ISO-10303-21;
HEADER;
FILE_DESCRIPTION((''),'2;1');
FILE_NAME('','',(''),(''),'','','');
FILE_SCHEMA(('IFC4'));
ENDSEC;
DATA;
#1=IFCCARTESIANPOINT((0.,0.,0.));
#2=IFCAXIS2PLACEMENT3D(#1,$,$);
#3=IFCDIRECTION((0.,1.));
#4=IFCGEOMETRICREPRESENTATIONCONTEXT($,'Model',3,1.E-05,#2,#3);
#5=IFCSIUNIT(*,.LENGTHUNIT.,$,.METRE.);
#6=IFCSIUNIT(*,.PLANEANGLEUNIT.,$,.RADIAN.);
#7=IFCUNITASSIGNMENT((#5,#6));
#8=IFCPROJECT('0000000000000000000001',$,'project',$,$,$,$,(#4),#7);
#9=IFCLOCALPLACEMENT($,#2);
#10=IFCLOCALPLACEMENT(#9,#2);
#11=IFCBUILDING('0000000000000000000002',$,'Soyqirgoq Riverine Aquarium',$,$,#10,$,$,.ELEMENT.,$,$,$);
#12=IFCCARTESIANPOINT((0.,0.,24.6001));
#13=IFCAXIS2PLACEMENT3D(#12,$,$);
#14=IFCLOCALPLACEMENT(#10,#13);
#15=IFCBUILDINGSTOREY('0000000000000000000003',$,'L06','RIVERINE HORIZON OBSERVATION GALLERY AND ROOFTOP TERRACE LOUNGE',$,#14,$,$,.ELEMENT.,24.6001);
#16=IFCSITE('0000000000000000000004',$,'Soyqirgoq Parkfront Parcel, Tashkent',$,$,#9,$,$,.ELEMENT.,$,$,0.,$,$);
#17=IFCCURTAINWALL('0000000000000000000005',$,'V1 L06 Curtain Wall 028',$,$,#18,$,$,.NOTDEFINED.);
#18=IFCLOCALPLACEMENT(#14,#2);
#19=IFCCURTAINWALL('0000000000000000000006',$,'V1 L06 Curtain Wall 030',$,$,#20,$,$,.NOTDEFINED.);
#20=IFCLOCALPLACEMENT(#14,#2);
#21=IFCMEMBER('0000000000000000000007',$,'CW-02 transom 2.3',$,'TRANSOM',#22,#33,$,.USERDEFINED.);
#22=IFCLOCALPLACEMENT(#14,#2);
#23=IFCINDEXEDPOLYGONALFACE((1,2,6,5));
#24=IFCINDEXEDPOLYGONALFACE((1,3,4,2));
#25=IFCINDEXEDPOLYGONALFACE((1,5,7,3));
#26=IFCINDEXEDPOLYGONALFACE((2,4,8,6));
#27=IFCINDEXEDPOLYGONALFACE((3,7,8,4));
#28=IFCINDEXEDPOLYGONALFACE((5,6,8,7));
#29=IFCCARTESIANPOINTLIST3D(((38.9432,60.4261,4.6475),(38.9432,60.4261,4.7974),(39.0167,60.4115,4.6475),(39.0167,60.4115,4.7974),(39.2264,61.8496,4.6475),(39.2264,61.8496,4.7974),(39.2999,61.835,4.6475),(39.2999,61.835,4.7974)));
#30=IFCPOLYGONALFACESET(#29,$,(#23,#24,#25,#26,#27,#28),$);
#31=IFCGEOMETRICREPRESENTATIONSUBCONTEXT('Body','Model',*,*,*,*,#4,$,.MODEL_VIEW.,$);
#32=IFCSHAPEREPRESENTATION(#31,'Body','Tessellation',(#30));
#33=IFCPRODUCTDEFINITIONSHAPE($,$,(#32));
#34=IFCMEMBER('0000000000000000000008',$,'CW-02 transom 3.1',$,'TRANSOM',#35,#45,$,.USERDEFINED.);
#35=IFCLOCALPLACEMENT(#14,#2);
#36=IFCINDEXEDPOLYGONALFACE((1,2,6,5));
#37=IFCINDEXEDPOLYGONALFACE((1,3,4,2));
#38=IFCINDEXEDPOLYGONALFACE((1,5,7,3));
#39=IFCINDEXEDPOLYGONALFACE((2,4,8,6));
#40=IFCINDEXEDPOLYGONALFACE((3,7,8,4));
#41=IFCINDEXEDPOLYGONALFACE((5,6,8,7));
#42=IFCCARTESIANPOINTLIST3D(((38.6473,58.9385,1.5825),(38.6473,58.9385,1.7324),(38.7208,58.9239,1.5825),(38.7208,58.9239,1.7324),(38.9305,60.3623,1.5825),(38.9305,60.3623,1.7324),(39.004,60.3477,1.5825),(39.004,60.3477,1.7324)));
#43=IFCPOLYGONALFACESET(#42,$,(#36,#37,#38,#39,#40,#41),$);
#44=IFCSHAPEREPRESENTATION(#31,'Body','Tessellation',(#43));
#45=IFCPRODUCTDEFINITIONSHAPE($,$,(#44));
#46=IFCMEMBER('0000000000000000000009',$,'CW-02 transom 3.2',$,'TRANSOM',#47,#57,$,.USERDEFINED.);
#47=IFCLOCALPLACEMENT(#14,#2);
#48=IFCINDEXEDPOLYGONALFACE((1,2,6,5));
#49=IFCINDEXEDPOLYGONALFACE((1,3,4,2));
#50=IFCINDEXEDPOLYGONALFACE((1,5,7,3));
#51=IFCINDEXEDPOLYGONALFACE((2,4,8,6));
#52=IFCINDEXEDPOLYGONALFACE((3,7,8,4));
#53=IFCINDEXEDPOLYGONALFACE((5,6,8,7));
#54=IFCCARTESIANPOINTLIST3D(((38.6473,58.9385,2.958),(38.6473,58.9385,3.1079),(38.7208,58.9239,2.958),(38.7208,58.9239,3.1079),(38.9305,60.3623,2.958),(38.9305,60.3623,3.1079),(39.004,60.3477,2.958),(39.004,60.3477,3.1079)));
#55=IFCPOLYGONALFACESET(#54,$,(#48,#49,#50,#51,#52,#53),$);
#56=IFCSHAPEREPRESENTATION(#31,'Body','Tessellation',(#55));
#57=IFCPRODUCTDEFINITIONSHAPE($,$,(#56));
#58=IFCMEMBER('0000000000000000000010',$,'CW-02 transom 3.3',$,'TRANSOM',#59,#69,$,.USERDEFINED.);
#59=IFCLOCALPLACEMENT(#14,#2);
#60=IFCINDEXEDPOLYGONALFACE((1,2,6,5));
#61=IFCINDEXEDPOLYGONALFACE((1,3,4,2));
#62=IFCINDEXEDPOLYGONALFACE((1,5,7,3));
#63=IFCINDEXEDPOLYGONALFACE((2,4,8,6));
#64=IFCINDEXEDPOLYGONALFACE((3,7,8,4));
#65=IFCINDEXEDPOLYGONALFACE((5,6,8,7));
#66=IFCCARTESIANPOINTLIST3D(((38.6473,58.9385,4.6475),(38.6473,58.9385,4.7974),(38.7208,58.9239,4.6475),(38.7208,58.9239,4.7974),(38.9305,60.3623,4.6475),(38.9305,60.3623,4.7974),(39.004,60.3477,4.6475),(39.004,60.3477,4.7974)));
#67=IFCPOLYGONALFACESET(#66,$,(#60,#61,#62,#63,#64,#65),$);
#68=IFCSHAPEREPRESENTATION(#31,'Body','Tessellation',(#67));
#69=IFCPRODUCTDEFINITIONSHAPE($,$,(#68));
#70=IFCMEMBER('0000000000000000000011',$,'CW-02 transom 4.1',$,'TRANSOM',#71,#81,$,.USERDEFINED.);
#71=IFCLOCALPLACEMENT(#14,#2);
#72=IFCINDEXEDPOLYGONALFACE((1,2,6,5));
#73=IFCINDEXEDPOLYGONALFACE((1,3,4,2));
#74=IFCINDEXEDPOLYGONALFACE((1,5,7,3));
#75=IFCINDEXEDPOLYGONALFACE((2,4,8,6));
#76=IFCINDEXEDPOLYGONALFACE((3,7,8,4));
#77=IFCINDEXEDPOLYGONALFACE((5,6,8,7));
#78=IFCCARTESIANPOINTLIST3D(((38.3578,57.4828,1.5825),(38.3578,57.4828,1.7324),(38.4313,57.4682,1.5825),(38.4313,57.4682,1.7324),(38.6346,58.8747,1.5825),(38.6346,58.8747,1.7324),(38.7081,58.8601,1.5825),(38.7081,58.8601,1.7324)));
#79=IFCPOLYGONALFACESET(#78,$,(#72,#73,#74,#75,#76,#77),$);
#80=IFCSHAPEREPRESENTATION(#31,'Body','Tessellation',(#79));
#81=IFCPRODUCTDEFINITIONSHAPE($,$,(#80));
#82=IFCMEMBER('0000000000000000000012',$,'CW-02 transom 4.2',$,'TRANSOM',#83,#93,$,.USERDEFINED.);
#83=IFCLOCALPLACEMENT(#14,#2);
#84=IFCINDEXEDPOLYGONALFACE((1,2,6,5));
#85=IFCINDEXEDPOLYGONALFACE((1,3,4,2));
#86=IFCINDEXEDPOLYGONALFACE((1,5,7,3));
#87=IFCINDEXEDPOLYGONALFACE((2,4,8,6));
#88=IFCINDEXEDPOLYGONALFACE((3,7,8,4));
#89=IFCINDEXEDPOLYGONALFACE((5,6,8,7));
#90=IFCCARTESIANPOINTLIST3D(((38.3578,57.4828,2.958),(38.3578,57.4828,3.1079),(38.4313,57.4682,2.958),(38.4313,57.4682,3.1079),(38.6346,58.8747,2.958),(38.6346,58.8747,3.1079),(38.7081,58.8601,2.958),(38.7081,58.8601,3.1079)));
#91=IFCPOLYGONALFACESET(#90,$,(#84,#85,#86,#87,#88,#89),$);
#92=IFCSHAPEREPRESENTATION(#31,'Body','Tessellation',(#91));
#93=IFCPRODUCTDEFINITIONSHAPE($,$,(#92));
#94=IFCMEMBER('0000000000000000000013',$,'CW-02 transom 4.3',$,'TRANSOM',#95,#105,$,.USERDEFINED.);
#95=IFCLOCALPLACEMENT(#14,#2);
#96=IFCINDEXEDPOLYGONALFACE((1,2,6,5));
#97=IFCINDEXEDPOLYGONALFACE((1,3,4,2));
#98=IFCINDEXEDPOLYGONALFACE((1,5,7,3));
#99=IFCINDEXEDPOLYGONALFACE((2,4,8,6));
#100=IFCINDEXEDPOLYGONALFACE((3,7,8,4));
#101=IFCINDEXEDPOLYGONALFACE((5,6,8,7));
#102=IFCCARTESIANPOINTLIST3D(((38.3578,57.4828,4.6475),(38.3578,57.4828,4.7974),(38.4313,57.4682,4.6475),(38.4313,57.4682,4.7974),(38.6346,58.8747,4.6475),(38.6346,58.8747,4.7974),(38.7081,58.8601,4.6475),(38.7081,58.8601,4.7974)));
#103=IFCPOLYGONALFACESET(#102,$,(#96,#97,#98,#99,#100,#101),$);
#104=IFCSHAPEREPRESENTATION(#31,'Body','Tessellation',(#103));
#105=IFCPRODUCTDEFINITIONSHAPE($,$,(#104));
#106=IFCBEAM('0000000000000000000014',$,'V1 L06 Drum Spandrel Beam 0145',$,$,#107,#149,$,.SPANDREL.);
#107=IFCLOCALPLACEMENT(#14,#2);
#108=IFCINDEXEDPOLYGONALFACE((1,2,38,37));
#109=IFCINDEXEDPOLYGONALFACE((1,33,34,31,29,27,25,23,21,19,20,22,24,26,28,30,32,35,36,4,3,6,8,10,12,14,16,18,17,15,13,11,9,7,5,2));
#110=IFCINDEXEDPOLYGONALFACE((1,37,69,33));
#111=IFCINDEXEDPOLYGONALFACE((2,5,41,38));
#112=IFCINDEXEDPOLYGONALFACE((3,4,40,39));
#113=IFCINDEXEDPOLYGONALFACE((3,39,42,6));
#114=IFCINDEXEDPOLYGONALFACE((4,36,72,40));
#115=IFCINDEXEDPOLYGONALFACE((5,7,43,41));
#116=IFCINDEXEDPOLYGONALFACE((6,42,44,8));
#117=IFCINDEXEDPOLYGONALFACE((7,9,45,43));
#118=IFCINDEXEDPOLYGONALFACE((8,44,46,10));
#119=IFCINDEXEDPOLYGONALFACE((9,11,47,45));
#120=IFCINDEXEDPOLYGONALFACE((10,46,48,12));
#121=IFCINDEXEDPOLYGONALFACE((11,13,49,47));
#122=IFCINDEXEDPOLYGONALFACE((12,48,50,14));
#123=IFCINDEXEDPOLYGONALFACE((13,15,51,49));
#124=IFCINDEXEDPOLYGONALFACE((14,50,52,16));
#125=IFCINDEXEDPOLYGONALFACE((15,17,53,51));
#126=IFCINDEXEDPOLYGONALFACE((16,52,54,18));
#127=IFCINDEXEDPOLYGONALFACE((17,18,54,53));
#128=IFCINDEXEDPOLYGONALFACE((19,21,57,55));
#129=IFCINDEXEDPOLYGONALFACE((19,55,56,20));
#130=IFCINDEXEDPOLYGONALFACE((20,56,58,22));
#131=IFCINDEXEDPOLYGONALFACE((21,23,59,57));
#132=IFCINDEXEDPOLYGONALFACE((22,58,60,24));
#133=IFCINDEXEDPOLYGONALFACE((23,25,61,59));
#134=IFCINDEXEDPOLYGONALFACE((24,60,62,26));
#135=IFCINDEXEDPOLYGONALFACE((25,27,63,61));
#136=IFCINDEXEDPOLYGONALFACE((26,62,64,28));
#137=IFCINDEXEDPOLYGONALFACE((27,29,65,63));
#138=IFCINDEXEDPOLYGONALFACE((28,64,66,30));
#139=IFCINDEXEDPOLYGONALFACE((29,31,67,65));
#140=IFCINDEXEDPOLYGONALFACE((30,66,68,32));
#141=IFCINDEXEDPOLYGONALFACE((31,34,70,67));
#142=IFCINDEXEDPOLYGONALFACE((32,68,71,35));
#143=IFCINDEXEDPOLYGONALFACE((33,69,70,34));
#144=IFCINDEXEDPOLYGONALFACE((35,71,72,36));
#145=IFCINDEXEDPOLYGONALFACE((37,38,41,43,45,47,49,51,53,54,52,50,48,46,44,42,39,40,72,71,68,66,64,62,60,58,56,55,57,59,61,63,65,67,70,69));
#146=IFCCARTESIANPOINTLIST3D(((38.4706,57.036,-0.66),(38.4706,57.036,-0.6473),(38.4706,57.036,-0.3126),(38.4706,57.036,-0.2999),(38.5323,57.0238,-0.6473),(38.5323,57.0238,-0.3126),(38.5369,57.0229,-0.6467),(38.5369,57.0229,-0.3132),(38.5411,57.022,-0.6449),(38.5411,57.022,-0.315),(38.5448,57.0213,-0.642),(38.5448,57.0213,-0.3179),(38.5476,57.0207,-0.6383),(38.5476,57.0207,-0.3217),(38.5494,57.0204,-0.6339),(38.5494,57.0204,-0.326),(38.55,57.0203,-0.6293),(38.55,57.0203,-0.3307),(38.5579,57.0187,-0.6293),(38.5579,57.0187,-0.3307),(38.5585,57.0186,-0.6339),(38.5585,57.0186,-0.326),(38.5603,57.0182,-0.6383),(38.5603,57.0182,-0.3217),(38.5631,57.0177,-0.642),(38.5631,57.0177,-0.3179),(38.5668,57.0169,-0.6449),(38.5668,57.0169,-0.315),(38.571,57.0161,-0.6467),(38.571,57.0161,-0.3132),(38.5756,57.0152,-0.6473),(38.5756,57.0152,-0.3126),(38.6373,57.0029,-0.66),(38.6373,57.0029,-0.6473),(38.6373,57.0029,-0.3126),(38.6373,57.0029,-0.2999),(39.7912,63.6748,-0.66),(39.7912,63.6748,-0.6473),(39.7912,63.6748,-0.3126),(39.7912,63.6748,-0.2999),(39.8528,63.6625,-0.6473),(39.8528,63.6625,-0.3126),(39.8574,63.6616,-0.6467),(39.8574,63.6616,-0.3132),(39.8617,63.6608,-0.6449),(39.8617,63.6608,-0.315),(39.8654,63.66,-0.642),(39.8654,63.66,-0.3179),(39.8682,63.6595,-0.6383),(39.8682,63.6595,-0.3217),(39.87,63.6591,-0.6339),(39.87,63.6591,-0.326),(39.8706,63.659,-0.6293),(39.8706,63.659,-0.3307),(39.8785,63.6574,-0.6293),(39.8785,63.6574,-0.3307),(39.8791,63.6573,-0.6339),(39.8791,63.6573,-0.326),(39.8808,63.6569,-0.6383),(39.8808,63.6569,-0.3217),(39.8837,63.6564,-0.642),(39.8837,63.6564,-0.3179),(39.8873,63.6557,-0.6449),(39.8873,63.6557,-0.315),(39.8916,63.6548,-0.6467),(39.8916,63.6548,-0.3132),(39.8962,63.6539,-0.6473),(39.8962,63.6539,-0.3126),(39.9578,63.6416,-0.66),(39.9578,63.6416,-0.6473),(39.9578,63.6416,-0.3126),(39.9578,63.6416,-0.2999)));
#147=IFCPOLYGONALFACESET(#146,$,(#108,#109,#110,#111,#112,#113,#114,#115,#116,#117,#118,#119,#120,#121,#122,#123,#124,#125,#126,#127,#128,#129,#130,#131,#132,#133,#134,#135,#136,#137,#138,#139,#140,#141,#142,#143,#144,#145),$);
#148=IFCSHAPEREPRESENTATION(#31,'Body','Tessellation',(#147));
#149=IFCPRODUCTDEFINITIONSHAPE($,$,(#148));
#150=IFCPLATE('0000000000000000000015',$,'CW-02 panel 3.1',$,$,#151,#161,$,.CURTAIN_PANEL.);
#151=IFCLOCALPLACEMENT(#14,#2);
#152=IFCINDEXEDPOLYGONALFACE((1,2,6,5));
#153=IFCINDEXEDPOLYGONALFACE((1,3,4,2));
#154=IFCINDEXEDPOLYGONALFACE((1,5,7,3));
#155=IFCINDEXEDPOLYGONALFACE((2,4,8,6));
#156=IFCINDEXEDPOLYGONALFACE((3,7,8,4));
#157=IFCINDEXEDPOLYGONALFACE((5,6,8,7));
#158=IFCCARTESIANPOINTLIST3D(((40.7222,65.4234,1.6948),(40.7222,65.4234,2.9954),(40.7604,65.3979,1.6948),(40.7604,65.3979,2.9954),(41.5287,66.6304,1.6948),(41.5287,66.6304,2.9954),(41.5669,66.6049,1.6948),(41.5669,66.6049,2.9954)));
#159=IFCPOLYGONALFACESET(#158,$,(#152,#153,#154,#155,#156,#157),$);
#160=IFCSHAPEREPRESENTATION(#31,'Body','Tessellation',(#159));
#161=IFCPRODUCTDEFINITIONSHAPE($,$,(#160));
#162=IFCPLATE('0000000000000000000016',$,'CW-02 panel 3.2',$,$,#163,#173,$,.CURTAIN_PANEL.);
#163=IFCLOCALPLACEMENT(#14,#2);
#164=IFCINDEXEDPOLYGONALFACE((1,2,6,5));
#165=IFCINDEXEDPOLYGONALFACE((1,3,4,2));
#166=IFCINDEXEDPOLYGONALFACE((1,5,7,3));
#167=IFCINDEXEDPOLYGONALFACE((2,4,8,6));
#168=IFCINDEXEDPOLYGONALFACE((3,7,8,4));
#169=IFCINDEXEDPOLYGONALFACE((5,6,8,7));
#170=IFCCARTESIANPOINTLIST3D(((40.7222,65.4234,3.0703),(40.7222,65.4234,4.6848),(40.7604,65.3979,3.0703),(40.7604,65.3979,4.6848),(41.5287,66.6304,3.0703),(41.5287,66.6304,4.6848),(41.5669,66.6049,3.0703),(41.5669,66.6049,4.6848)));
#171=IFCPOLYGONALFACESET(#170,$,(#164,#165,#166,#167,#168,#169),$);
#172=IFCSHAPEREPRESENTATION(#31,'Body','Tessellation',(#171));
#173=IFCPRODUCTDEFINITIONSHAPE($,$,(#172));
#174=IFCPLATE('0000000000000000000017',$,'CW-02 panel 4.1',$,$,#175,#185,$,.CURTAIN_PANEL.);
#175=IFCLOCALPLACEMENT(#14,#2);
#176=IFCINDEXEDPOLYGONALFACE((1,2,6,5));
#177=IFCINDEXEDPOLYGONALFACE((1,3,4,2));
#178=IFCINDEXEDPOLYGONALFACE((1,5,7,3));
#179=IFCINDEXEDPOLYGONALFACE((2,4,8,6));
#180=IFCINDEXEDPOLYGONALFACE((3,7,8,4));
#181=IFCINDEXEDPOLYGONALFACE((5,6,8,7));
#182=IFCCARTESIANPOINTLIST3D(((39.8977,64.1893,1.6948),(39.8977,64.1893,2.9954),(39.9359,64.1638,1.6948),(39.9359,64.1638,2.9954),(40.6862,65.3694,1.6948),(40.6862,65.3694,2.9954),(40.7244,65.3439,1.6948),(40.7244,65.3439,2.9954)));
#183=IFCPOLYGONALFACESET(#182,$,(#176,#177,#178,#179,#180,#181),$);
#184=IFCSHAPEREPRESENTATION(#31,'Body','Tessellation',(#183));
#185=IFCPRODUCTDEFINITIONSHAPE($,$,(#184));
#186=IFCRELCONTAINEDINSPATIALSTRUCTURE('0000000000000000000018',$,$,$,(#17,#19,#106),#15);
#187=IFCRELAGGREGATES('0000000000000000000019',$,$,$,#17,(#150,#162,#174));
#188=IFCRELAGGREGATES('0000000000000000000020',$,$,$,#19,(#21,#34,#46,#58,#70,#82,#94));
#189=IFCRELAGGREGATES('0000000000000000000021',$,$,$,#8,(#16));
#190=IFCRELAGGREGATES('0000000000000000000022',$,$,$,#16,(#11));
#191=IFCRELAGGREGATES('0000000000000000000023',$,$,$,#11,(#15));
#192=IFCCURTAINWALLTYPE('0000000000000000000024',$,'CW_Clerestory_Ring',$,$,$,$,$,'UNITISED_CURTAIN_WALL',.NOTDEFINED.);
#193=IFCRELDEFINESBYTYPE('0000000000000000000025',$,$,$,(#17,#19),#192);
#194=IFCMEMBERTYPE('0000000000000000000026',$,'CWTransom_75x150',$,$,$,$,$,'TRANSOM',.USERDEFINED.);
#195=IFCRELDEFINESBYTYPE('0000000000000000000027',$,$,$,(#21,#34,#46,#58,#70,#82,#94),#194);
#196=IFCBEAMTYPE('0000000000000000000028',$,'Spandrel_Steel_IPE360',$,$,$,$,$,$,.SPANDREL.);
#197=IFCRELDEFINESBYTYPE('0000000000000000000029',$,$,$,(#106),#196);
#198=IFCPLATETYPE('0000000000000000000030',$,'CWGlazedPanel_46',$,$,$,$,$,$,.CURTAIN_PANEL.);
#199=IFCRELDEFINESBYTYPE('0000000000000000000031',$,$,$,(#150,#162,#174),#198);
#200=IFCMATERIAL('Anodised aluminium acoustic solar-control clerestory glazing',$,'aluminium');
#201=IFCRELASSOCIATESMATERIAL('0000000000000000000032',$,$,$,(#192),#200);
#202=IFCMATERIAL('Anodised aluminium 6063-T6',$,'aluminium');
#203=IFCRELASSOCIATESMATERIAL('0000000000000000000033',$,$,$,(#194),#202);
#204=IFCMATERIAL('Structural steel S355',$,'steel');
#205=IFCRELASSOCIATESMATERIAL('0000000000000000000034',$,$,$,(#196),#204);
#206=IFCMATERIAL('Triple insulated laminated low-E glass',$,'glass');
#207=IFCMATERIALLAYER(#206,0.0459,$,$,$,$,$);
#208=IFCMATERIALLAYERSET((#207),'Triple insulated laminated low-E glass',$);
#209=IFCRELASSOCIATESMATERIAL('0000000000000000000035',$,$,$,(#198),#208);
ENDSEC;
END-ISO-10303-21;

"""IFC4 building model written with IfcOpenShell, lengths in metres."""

from ifc_helpers import new_model, si_unit, direction, frame, origin, origin_2d, place, context, subcontext, project, spatial, rectangle, i_section, extrude, material, layer, layer_set, material_profile, profile_set, type_object, element, aggregate, save


model = new_model("IFC4")

# Units and contexts
model_context = context("Model", 3, precision=1e-05, world=origin(), true_north=direction((0.0, 1.0)))
body_context = subcontext(model_context, "Body", "Model", "MODEL_VIEW")
ifc_project = project(units=[si_unit("LENGTHUNIT", "METRE"), si_unit("PLANEANGLEUNIT", "RADIAN")], contexts=[model_context])

# Site, building, storey
site_placement = place(None, origin())
site = spatial("IfcSite", under=ifc_project, at=site_placement, Name="Soyqirgoq Parkfront Parcel, Tashkent", CompositionType="ELEMENT", RefElevation=0.0)
building_placement = place(site_placement, origin())
building = spatial("IfcBuilding", under=site, at=building_placement, Name="Soyqirgoq Riverine Aquarium", CompositionType="ELEMENT")
storey_placement = place(building_placement, frame((0.0, 0.0, 24.6001)))
storey = spatial("IfcBuildingStorey", under=building, at=storey_placement, Name="L06", Description="RIVERINE HORIZON OBSERVATION GALLERY AND ROOFTOP TERRACE LOUNGE", CompositionType="ELEMENT", Elevation=24.6001)

# Curtain walls
ifc_material_1 = material(Name="Anodised aluminium acoustic solar-control clerestory glazing", Category="aluminium")
curtain_wall_type = type_object("IfcCurtainWallType", Name="CW_Clerestory_Ring", ElementType="UNITISED_CURTAIN_WALL", PredefinedType="NOTDEFINED", material=ifc_material_1)
curtain_wall_1_placement = place(storey_placement, origin())
curtain_wall_1 = element("IfcCurtainWall", 1, at=curtain_wall_1_placement, inside=storey, type_object=curtain_wall_type, Name="V1 L06 Curtain Wall 028", PredefinedType="NOTDEFINED")
curtain_wall_2_placement = place(storey_placement, origin())
curtain_wall_2 = element("IfcCurtainWall", 2, at=curtain_wall_2_placement, inside=storey, type_object=curtain_wall_type, Name="V1 L06 Curtain Wall 030", PredefinedType="NOTDEFINED")

# Members
ifc_material_2 = material(Name="Anodised aluminium 6063-T6", Category="aluminium")
ifc_material_profile_1 = material_profile(ifc_material_2, rectangle(XDim=0.075, YDim=0.1499, at=origin_2d()), Name="ALU-T 75x150")
ifc_profile_set_1 = profile_set([ifc_material_profile_1], Name="Anodised aluminium 6063-T6")
member_type_1 = type_object("IfcMemberType", Name="CWTransom_75x150", ElementType="TRANSOM", PredefinedType="USERDEFINED", material=ifc_profile_set_1)
member_1_placement = place(storey_placement, frame((39.2632, 61.8423, 4.7224), z_axis=(-0.195113, -0.980781, 0.0), x_axis=(0.980781, -0.195113, 0.0)))
member_1 = element("IfcMember", 3, at=member_1_placement, type_object=member_type_1, Name="CW-02 transom 2.3", ObjectType="TRANSOM", PredefinedType="USERDEFINED", context=body_context, shape_type="SweptSolid", body=[
    extrude(rectangle(XDim=0.075, YDim=0.1499, at=origin_2d()), origin(), (0.0, 0.0, 1.0), 1.4514),
])
member_2_placement = place(storey_placement, frame((38.9673, 60.355, 1.6575), z_axis=(-0.195081, -0.980787, 0.0), x_axis=(0.980787, -0.195081, 0.0)))
member_2 = element("IfcMember", 4, at=member_2_placement, type_object=member_type_1, Name="CW-02 transom 3.1", ObjectType="TRANSOM", PredefinedType="USERDEFINED", context=body_context, shape_type="SweptSolid", body=[
    extrude(rectangle(XDim=0.075, YDim=0.1499, at=origin_2d()), origin(), (0.0, 0.0, 1.0), 1.4517),
])
member_3_placement = place(storey_placement, frame((38.9673, 60.355, 3.033), z_axis=(-0.195081, -0.980787, 0.0), x_axis=(0.980787, -0.195081, 0.0)))
member_3 = element("IfcMember", 5, at=member_3_placement, type_object=member_type_1, Name="CW-02 transom 3.2", ObjectType="TRANSOM", PredefinedType="USERDEFINED", context=body_context, shape_type="SweptSolid", body=[
    extrude(rectangle(XDim=0.075, YDim=0.1499, at=origin_2d()), origin(), (0.0, 0.0, 1.0), 1.4517),
])
member_4_placement = place(storey_placement, frame((38.9673, 60.355, 4.7224), z_axis=(-0.195081, -0.980787, 0.0), x_axis=(0.980787, -0.195081, 0.0)))
member_4 = element("IfcMember", 6, at=member_4_placement, type_object=member_type_1, Name="CW-02 transom 3.3", ObjectType="TRANSOM", PredefinedType="USERDEFINED", context=body_context, shape_type="SweptSolid", body=[
    extrude(rectangle(XDim=0.075, YDim=0.1499, at=origin_2d()), origin(), (0.0, 0.0, 1.0), 1.4517),
])
member_5_placement = place(storey_placement, frame((38.6714, 58.8674, 1.6575), z_axis=(-0.19509, -0.980785, 0.0), x_axis=(0.980785, -0.19509, 0.0)))
member_5 = element("IfcMember", 7, at=member_5_placement, type_object=member_type_1, Name="CW-02 transom 4.1", ObjectType="TRANSOM", PredefinedType="USERDEFINED", context=body_context, shape_type="SweptSolid", body=[
    extrude(rectangle(XDim=0.075, YDim=0.1499, at=origin_2d()), origin(), (0.0, 0.0, 1.0), 1.4192),
])
member_6_placement = place(storey_placement, frame((38.6714, 58.8674, 3.033), z_axis=(-0.19509, -0.980785, 0.0), x_axis=(0.980785, -0.19509, 0.0)))
member_6 = element("IfcMember", 8, at=member_6_placement, type_object=member_type_1, Name="CW-02 transom 4.2", ObjectType="TRANSOM", PredefinedType="USERDEFINED", context=body_context, shape_type="SweptSolid", body=[
    extrude(rectangle(XDim=0.075, YDim=0.1499, at=origin_2d()), origin(), (0.0, 0.0, 1.0), 1.4192),
])
member_7_placement = place(storey_placement, frame((38.6714, 58.8674, 4.7224), z_axis=(-0.19509, -0.980785, 0.0), x_axis=(0.980785, -0.19509, 0.0)))
member_7 = element("IfcMember", 9, at=member_7_placement, type_object=member_type_1, Name="CW-02 transom 4.3", ObjectType="TRANSOM", PredefinedType="USERDEFINED", context=body_context, shape_type="SweptSolid", body=[
    extrude(rectangle(XDim=0.075, YDim=0.1499, at=origin_2d()), origin(), (0.0, 0.0, 1.0), 1.4192),
])

# Beam
ifc_material_3 = material(Name="Structural steel S355", Category="steel")
ifc_material_profile_2 = material_profile(ifc_material_3, i_section(OverallWidth=0.1699, OverallDepth=0.3601, WebThickness=0.0081, FlangeThickness=0.0127, FilletRadius=0.0181, at=origin_2d()), Name="IPE 360")
ifc_profile_set_2 = profile_set([ifc_material_profile_2], Name="Structural steel S355")
beam_type = type_object("IfcBeamType", Name="Spandrel_Steel_IPE360", PredefinedType="SPANDREL", material=ifc_profile_set_2)
beam_placement = place(storey_placement, frame((39.8745, 63.6582, -0.48), z_axis=(-0.195096, -0.980784, 0.0), x_axis=(0.980784, -0.195096, 0.0)))
element("IfcBeam", 10, at=beam_placement, inside=storey, type_object=beam_type, Name="V1 L06 Drum Spandrel Beam 0145", PredefinedType="SPANDREL", context=body_context, shape_type="SweptSolid", body=[
    extrude(i_section(OverallWidth=0.1699, OverallDepth=0.3601, WebThickness=0.0081, FlangeThickness=0.0127, FilletRadius=0.0181, at=origin_2d()), origin(), (0.0, 0.0, 1.0), 6.7688),
])

# Plates
ifc_material_4 = material(Name="Triple insulated laminated low-E glass", Category="glass")
ifc_layer_1 = layer(ifc_material_4, 0.0459)
ifc_layer_set_1 = layer_set([ifc_layer_1], Name="Triple insulated laminated low-E glass")
plate_type_1 = type_object("IfcPlateType", Name="CWGlazedPanel_46", PredefinedType="CURTAIN_PANEL", material=ifc_layer_set_1)
plate_1_placement = place(storey_placement, frame((41.1445, 66.0142, 1.6948), z_axis=(0.0, 0.0, 1.0), x_axis=(-0.555579, -0.831464, 0.0)))
plate_1 = element("IfcPlate", 11, at=plate_1_placement, type_object=plate_type_1, Name="CW-02 panel 3.1", PredefinedType="CURTAIN_PANEL", context=body_context, shape_type="SweptSolid", body=[
    extrude(rectangle(XDim=1.4517, YDim=0.0459, at=origin_2d()), origin(), (0.0, 0.0, 1.0), 1.3005),
])
plate_2_placement = place(storey_placement, frame((41.1445, 66.0142, 3.0703), z_axis=(0.0, 0.0, 1.0), x_axis=(-0.555579, -0.831464, 0.0)))
plate_2 = element("IfcPlate", 12, at=plate_2_placement, type_object=plate_type_1, Name="CW-02 panel 3.2", PredefinedType="CURTAIN_PANEL", context=body_context, shape_type="SweptSolid", body=[
    extrude(rectangle(XDim=1.4517, YDim=0.0459, at=origin_2d()), origin(), (0.0, 0.0, 1.0), 1.6145),
])
plate_3_placement = place(storey_placement, frame((40.311, 64.7666, 1.6948), z_axis=(0.0, 0.0, 1.0), x_axis=(-0.555579, -0.831464, 0.0)))
plate_3 = element("IfcPlate", 13, at=plate_3_placement, type_object=plate_type_1, Name="CW-02 panel 4.1", PredefinedType="CURTAIN_PANEL", context=body_context, shape_type="SweptSolid", body=[
    extrude(rectangle(XDim=1.4192, YDim=0.0459, at=origin_2d()), origin(), (0.0, 0.0, 1.0), 1.3005),
])
aggregate(curtain_wall_1, [plate_1, plate_2, plate_3])
aggregate(curtain_wall_2, [member_1, member_2, member_3, member_4, member_5, member_6, member_7])

save(model, "model.ifc")
